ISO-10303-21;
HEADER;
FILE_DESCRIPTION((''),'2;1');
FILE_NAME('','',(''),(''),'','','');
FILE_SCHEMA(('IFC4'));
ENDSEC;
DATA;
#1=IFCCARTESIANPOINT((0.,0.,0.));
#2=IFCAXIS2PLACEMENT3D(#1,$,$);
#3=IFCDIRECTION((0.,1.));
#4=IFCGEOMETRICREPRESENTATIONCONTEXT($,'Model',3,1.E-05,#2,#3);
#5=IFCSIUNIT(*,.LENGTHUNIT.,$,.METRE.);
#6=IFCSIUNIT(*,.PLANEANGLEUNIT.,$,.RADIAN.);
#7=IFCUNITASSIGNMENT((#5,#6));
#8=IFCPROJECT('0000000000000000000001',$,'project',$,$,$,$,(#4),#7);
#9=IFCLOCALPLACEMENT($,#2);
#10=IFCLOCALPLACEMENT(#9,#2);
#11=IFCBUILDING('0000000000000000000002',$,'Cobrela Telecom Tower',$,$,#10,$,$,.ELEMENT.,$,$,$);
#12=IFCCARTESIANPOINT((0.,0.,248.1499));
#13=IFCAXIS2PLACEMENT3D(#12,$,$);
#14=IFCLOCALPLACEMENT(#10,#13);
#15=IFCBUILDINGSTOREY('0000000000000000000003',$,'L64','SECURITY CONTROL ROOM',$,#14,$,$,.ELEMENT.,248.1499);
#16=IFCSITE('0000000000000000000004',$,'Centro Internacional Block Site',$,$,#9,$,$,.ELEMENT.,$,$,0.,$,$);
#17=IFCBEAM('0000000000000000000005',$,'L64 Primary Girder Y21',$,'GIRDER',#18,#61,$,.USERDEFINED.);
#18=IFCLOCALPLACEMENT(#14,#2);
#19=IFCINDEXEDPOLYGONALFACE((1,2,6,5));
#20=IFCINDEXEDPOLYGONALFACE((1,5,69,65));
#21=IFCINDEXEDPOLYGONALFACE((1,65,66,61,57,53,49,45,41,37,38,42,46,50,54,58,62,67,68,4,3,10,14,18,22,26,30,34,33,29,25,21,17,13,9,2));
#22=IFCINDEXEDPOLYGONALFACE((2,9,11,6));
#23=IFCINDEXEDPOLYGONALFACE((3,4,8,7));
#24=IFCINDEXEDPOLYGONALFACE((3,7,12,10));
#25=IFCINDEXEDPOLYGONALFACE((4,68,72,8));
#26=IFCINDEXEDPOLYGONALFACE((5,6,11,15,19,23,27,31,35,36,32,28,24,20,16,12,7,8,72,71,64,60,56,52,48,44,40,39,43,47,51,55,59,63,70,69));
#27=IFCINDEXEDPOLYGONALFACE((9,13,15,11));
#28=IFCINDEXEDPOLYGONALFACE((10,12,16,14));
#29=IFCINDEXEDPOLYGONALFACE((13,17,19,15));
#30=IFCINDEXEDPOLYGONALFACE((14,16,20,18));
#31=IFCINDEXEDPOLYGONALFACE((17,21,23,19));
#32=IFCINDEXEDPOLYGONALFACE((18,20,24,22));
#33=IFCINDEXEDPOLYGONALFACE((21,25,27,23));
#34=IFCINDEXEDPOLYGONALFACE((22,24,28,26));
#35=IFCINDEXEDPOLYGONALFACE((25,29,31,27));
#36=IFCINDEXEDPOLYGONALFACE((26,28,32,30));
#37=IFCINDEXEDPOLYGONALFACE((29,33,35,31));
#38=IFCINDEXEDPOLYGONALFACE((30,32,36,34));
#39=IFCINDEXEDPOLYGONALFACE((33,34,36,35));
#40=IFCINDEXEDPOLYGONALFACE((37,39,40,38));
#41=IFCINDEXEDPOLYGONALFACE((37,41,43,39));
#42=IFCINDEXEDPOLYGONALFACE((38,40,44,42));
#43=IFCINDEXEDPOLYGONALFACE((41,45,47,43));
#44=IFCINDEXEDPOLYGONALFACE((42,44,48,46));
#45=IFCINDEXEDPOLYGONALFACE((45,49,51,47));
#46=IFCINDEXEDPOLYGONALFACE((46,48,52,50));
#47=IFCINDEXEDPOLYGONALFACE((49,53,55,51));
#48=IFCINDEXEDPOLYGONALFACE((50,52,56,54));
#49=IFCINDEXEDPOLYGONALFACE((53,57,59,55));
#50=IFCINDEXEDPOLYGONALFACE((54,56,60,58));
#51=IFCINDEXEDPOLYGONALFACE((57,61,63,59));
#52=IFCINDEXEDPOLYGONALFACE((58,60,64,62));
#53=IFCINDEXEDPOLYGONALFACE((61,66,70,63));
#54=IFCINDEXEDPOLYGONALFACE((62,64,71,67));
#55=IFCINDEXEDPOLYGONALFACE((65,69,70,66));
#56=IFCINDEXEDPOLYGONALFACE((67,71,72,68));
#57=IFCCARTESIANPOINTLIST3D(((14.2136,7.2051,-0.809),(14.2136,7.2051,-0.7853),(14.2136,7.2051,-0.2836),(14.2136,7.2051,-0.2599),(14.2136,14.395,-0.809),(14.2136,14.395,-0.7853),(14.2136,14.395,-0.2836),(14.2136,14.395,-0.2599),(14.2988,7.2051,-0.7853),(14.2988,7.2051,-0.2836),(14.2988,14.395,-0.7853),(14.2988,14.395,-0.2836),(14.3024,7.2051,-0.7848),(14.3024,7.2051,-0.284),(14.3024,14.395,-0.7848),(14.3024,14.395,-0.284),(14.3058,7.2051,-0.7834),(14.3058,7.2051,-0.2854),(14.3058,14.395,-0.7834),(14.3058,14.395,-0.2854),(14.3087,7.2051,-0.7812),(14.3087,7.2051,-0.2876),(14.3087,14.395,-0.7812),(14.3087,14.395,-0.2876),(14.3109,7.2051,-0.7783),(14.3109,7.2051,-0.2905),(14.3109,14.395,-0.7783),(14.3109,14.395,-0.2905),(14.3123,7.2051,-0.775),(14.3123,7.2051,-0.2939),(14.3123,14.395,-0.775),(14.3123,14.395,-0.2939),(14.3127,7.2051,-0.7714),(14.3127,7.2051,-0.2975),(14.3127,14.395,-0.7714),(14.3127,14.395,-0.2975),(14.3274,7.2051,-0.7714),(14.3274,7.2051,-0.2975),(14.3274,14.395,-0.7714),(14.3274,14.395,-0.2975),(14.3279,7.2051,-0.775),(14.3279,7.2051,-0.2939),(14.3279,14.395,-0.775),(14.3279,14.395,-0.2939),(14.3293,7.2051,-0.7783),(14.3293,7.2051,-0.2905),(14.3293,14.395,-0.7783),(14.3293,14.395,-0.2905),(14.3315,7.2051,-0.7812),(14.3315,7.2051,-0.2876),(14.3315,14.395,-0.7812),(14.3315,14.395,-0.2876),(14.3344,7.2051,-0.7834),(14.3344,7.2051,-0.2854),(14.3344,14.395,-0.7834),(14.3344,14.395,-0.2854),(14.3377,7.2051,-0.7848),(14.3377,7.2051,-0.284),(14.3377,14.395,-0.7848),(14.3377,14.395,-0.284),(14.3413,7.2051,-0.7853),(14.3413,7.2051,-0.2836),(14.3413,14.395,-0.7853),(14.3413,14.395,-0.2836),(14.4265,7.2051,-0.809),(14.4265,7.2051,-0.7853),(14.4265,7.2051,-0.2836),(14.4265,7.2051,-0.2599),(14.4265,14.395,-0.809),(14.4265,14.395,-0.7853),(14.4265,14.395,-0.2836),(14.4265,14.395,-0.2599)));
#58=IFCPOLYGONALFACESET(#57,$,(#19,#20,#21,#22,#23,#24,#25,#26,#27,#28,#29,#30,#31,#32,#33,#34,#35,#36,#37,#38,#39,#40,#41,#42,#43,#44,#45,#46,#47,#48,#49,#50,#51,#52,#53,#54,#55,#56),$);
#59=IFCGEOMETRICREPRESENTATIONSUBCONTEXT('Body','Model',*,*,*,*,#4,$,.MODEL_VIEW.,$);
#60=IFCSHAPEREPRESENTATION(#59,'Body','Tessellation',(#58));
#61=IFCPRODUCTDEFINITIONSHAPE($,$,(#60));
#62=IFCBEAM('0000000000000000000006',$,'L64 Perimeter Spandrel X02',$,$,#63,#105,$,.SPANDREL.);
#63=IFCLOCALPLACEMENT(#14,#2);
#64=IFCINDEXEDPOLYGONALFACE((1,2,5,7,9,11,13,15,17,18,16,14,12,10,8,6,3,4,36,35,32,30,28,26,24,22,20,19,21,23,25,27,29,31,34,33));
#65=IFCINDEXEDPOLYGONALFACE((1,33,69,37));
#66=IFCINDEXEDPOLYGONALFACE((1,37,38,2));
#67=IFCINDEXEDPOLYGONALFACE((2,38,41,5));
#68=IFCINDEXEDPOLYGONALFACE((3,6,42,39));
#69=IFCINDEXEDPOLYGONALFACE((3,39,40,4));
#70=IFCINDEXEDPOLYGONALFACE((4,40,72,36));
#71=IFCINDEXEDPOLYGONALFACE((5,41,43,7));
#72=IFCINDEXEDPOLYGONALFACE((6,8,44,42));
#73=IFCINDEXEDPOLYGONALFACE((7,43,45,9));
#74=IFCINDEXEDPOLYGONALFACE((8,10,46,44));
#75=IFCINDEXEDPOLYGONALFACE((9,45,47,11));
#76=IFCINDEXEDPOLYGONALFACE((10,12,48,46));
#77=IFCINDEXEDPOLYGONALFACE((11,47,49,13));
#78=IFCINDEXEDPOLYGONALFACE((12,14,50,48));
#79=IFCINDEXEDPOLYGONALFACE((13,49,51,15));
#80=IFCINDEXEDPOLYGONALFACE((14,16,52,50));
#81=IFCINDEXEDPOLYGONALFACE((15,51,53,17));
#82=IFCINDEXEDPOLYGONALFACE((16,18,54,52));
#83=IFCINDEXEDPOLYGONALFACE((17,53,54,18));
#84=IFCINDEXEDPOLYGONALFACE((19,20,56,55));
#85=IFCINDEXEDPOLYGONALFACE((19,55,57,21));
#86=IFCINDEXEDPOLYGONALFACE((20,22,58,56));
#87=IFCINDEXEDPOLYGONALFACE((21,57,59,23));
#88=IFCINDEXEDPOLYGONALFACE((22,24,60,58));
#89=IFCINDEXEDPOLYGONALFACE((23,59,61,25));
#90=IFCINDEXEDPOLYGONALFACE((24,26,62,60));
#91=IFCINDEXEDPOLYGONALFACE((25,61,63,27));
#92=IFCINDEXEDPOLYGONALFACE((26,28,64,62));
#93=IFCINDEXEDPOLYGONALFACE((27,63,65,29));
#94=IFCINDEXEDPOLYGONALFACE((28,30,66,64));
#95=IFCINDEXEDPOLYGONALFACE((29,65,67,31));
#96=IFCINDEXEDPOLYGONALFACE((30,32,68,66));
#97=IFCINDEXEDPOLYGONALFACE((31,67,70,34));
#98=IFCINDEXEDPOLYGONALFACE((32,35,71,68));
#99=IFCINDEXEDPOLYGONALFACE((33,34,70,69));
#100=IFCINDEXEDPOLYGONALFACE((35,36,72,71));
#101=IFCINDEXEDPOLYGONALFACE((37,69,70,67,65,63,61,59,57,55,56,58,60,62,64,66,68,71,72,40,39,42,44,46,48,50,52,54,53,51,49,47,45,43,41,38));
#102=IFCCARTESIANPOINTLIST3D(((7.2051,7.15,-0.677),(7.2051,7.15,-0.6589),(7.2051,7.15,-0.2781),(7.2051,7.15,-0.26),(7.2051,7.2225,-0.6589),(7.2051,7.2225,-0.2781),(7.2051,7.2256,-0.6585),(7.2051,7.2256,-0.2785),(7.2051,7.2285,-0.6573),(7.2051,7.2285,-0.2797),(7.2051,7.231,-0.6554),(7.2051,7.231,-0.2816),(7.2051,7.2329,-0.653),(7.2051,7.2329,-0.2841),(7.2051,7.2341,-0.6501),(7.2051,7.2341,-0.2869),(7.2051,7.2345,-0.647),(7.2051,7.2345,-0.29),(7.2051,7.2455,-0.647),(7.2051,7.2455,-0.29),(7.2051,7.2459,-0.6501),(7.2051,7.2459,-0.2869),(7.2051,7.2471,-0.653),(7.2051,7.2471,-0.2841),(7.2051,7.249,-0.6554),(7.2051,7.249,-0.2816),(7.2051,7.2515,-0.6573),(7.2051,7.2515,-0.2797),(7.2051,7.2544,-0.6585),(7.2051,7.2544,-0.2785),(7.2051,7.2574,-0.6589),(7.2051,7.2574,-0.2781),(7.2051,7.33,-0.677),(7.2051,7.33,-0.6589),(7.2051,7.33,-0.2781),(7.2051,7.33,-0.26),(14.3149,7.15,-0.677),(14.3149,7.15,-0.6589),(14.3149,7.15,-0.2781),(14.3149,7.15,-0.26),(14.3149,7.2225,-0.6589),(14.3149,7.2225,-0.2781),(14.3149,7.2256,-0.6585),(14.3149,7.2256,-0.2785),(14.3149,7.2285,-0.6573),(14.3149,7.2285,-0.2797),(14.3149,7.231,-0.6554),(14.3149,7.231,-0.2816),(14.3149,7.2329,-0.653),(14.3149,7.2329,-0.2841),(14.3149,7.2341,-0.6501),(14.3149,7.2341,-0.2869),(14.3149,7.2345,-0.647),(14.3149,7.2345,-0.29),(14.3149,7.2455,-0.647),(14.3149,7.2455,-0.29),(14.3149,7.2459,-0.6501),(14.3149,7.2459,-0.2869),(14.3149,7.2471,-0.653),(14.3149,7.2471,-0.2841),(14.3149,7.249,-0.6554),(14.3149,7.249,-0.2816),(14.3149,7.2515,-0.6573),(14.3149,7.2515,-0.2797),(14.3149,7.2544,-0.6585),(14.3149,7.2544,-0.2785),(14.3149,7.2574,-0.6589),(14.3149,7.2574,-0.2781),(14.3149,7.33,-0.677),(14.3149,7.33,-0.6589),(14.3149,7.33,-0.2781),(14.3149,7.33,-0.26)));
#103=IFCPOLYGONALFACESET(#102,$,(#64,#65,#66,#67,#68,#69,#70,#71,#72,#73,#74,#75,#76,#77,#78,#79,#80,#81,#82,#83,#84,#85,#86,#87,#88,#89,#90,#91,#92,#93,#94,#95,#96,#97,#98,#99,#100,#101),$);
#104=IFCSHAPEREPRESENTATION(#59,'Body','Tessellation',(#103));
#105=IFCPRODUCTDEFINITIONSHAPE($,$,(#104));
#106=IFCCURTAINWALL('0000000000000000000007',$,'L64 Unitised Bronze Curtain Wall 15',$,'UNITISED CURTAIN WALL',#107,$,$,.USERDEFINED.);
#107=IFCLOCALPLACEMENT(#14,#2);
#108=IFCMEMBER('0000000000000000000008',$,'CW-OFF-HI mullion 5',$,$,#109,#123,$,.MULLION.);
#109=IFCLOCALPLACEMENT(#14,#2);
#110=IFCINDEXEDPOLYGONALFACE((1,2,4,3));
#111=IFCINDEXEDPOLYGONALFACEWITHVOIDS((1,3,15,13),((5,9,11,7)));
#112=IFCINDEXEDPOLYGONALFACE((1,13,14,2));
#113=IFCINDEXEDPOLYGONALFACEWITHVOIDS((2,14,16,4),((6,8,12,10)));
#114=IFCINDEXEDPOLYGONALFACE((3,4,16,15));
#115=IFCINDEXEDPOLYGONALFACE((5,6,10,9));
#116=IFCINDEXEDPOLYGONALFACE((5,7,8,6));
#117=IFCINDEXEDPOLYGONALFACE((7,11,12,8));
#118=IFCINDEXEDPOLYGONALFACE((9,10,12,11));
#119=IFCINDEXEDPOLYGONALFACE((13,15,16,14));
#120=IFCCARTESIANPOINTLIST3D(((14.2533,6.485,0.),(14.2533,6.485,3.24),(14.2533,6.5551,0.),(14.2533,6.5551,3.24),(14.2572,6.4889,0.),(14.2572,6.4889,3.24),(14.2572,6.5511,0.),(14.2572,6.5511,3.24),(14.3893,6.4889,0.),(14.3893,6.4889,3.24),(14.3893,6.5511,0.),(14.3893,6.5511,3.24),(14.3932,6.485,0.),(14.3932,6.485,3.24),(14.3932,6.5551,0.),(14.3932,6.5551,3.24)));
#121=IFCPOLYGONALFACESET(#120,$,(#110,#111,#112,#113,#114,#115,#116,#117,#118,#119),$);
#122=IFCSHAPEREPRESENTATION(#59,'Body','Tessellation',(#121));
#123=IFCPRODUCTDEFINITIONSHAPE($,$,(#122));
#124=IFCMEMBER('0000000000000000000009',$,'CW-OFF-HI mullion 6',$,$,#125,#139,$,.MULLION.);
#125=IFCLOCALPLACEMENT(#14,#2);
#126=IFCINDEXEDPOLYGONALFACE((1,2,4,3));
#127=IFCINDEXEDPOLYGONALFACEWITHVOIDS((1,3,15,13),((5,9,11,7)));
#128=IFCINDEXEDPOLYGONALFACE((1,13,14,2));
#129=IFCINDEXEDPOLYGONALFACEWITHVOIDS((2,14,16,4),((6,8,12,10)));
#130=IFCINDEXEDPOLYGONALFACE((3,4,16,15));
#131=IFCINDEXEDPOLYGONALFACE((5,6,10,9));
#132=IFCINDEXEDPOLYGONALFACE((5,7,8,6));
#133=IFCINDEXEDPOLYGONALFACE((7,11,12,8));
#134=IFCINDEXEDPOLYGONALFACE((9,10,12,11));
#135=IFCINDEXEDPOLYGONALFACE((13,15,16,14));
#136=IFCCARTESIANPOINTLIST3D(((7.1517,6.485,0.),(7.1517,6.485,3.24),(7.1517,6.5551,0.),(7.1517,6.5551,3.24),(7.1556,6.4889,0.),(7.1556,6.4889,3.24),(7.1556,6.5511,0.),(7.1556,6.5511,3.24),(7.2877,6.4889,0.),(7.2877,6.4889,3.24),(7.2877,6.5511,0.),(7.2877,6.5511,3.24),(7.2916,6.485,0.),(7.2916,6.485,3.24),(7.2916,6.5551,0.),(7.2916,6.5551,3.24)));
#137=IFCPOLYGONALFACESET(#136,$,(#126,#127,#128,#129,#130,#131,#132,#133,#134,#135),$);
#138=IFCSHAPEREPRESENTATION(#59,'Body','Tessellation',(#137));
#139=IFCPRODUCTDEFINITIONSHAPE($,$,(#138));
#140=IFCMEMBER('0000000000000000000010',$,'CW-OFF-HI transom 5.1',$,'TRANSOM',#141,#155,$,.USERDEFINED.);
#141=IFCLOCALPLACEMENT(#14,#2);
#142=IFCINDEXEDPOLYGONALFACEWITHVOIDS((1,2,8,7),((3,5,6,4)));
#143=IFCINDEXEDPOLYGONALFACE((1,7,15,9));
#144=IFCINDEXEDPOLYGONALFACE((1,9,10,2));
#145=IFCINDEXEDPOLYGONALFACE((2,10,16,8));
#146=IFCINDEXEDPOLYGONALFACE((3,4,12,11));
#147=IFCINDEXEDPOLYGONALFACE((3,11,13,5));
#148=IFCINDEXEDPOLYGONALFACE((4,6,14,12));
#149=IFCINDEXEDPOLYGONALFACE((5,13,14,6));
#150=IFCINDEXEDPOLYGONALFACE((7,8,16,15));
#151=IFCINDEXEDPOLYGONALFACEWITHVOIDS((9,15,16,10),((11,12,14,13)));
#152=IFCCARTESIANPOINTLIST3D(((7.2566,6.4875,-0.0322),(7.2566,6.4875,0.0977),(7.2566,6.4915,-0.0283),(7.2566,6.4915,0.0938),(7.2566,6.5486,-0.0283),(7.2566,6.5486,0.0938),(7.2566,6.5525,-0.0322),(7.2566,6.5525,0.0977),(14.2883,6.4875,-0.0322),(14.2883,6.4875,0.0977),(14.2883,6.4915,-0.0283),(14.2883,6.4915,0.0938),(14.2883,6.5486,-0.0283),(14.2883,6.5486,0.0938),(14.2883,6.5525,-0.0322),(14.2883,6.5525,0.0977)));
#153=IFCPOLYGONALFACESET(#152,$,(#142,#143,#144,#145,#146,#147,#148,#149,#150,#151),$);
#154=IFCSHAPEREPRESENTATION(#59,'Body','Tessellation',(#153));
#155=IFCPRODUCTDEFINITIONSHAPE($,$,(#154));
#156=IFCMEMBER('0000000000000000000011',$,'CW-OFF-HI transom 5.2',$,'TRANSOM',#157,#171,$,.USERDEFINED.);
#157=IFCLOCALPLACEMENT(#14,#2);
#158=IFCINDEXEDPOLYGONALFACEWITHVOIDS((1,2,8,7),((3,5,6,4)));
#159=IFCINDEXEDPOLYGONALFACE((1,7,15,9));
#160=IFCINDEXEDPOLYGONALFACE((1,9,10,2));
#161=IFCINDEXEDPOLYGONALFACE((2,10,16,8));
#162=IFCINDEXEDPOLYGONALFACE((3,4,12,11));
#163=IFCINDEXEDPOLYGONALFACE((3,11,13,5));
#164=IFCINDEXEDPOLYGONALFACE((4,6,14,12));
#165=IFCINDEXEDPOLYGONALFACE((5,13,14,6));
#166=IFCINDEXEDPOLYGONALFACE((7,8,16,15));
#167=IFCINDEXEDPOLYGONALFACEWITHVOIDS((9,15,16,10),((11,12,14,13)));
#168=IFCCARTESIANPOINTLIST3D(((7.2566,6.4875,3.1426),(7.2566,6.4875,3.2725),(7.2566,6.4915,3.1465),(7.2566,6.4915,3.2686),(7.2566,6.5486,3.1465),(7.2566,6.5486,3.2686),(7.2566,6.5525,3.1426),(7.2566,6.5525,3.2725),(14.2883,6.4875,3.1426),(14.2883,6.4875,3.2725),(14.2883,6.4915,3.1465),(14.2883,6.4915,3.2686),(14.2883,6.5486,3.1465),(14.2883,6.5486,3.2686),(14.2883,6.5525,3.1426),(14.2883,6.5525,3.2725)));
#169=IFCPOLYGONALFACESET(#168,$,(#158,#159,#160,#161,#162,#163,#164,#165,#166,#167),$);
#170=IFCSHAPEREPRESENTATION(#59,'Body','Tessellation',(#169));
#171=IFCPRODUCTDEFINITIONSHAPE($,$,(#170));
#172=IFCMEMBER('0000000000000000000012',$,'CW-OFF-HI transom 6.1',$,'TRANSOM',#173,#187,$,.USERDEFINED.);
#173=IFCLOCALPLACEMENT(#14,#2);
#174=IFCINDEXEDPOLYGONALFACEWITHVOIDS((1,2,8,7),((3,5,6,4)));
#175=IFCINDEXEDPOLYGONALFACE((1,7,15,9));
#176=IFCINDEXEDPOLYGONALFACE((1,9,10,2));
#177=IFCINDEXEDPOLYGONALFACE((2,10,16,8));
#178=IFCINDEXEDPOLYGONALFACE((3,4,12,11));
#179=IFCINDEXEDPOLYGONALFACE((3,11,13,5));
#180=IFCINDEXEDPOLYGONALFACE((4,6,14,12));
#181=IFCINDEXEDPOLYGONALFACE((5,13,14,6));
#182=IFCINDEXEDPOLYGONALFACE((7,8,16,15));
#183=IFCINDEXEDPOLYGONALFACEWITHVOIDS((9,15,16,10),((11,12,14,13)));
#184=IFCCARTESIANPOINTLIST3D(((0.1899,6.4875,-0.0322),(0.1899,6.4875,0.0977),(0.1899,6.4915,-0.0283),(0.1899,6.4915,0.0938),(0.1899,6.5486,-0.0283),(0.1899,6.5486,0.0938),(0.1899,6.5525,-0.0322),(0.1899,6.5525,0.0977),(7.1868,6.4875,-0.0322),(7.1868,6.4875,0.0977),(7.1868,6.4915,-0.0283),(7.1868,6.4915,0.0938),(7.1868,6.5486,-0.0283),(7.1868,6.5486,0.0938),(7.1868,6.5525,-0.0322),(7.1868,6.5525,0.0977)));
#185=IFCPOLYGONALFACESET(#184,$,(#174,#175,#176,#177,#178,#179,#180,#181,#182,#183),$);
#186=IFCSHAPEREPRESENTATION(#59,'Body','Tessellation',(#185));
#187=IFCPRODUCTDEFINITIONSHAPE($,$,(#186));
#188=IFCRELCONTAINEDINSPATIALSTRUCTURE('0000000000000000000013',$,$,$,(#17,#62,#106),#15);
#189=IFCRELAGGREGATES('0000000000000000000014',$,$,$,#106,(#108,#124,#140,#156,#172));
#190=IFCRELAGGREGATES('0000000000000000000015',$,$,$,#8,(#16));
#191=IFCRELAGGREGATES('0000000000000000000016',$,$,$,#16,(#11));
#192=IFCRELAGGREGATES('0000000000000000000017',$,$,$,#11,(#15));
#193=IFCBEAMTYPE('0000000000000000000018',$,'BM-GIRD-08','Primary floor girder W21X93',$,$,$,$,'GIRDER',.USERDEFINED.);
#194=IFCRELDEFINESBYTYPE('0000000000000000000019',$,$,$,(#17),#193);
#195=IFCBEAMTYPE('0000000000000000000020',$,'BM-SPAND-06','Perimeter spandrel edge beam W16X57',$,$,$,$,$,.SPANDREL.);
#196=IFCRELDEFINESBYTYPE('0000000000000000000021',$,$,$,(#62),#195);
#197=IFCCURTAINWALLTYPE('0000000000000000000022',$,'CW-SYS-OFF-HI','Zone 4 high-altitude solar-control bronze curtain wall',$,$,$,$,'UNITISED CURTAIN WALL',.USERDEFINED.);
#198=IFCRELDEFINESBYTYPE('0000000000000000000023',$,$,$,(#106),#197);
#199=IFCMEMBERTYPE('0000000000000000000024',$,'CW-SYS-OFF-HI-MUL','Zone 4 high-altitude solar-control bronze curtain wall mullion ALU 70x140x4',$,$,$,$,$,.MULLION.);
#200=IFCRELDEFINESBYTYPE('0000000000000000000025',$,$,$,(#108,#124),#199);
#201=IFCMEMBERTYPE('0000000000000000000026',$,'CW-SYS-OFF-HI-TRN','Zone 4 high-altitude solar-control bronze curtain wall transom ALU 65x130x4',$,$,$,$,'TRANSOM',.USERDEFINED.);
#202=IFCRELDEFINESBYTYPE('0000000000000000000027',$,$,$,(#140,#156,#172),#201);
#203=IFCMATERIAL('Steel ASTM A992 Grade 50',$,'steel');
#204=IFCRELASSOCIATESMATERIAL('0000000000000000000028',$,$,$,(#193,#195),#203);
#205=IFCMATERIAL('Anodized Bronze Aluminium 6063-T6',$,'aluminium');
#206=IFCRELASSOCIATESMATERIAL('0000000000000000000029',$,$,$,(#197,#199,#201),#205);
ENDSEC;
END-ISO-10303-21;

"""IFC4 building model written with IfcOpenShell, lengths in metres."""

from ifc_helpers import new_model, si_unit, direction, frame, origin, origin_2d, place, context, subcontext, project, spatial, hollow_rectangle, i_section, extrude, material, material_profile, profile_set, type_object, element, aggregate, save


model = new_model("IFC4")

# Units and contexts
model_context = context("Model", 3, precision=1e-05, world=origin(), true_north=direction((0.0, 1.0)))
body_context = subcontext(model_context, "Body", "Model", "MODEL_VIEW")
ifc_project = project(units=[si_unit("LENGTHUNIT", "METRE"), si_unit("PLANEANGLEUNIT", "RADIAN")], contexts=[model_context])

# Site, building, storey
site_placement = place(None, origin())
site = spatial("IfcSite", under=ifc_project, at=site_placement, Name="Centro Internacional Block Site", CompositionType="ELEMENT", RefElevation=0.0)
building_placement = place(site_placement, origin())
building = spatial("IfcBuilding", under=site, at=building_placement, Name="Cobrela Telecom Tower", CompositionType="ELEMENT")
storey_placement = place(building_placement, frame((0.0, 0.0, 248.1499)))
storey = spatial("IfcBuildingStorey", under=building, at=storey_placement, Name="L64", Description="SECURITY CONTROL ROOM", CompositionType="ELEMENT", Elevation=248.1499)

# Beams
ifc_material_1 = material(Name="Steel ASTM A992 Grade 50", Category="steel")
ifc_material_profile_1 = material_profile(ifc_material_1, i_section(OverallWidth=0.2129, OverallDepth=0.5491, WebThickness=0.0146, FlangeThickness=0.0237, FilletRadius=0.0139, at=origin_2d()), Name="W21X93")
ifc_profile_set_1 = profile_set([ifc_material_profile_1], Name="Steel ASTM A992 Grade 50")
beam_type_1 = type_object("IfcBeamType", Name="BM-GIRD-08", Description="Primary floor girder W21X93", ElementType="GIRDER", PredefinedType="USERDEFINED", material=ifc_profile_set_1)
beam_1_placement = place(storey_placement, frame((14.3201, 7.2051, -0.5344), z_axis=(0.0, 1.0, 0.0), x_axis=(-1.0, 0.0, 0.0)))
element("IfcBeam", 1, at=beam_1_placement, inside=storey, type_object=beam_type_1, Name="L64 Primary Girder Y21", ObjectType="GIRDER", PredefinedType="USERDEFINED", context=body_context, shape_type="SweptSolid", body=[
    extrude(i_section(OverallWidth=0.2129, OverallDepth=0.5491, WebThickness=0.0146, FlangeThickness=0.0237, FilletRadius=0.0139, at=origin_2d()), origin(), (0.0, 0.0, 1.0), 7.1899),
])
ifc_material_profile_2 = material_profile(ifc_material_1, i_section(OverallWidth=0.1799, OverallDepth=0.417, WebThickness=0.011, FlangeThickness=0.0181, FilletRadius=0.012, at=origin_2d()), Name="W16X57")
ifc_profile_set_2 = profile_set([ifc_material_profile_2], Name="Steel ASTM A992 Grade 50")
beam_type_2 = type_object("IfcBeamType", Name="BM-SPAND-06", Description="Perimeter spandrel edge beam W16X57", PredefinedType="SPANDREL", material=ifc_profile_set_2)
beam_2_placement = place(storey_placement, frame((7.2051, 7.24, -0.4685), z_axis=(1.0, 0.0, 0.0), x_axis=(0.0, 1.0, 0.0)))
element("IfcBeam", 2, at=beam_2_placement, inside=storey, type_object=beam_type_2, Name="L64 Perimeter Spandrel X02", PredefinedType="SPANDREL", context=body_context, shape_type="SweptSolid", body=[
    extrude(i_section(OverallWidth=0.1799, OverallDepth=0.417, WebThickness=0.011, FlangeThickness=0.0181, FilletRadius=0.012, at=origin_2d()), origin(), (0.0, 0.0, 1.0), 7.1099),
])

# Curtain wall, members
ifc_material_2 = material(Name="Anodized Bronze Aluminium 6063-T6", Category="aluminium")
curtain_wall_type = type_object("IfcCurtainWallType", Name="CW-SYS-OFF-HI", Description="Zone 4 high-altitude solar-control bronze curtain wall", ElementType="UNITISED CURTAIN WALL", PredefinedType="USERDEFINED", material=ifc_material_2)
curtain_wall_placement = place(storey_placement, origin())
curtain_wall = element("IfcCurtainWall", 3, at=curtain_wall_placement, inside=storey, type_object=curtain_wall_type, Name="L64 Unitised Bronze Curtain Wall 15", ObjectType="UNITISED CURTAIN WALL", PredefinedType="USERDEFINED")
ifc_material_profile_3 = material_profile(ifc_material_2, hollow_rectangle(XDim=0.0701, YDim=0.1399, WallThickness=0.0039, at=origin_2d()), Name="ALU 70x140x4")
ifc_profile_set_3 = profile_set([ifc_material_profile_3], Name="Anodized Bronze Aluminium 6063-T6")
member_type_1 = type_object("IfcMemberType", Name="CW-SYS-OFF-HI-MUL", Description="Zone 4 high-altitude solar-control bronze curtain wall mullion ALU 70x140x4", PredefinedType="MULLION", material=ifc_profile_set_3)
member_1_placement = place(storey_placement, frame((14.3232, 6.52, 0.0), z_axis=(0.0, 0.0, 1.0), x_axis=(0.0, -1.0, 0.0)))
member_1 = element("IfcMember", 4, at=member_1_placement, type_object=member_type_1, Name="CW-OFF-HI mullion 5", PredefinedType="MULLION", context=body_context, shape_type="SweptSolid", body=[
    extrude(hollow_rectangle(XDim=0.0701, YDim=0.1399, WallThickness=0.0039, at=origin_2d()), origin(), (0.0, 0.0, 1.0), 3.24),
])
member_2_placement = place(storey_placement, frame((7.2217, 6.52, 0.0), z_axis=(0.0, 0.0, 1.0), x_axis=(0.0, -1.0, 0.0)))
member_2 = element("IfcMember", 5, at=member_2_placement, type_object=member_type_1, Name="CW-OFF-HI mullion 6", PredefinedType="MULLION", context=body_context, shape_type="SweptSolid", body=[
    extrude(hollow_rectangle(XDim=0.0701, YDim=0.1399, WallThickness=0.0039, at=origin_2d()), origin(), (0.0, 0.0, 1.0), 3.24),
])
ifc_material_profile_4 = material_profile(ifc_material_2, hollow_rectangle(XDim=0.0649, YDim=0.1299, WallThickness=0.0039, at=origin_2d()), Name="ALU 65x130x4")
ifc_profile_set_4 = profile_set([ifc_material_profile_4], Name="Anodized Bronze Aluminium 6063-T6")
member_type_2 = type_object("IfcMemberType", Name="CW-SYS-OFF-HI-TRN", Description="Zone 4 high-altitude solar-control bronze curtain wall transom ALU 65x130x4", ElementType="TRANSOM", PredefinedType="USERDEFINED", material=ifc_profile_set_4)
member_3_placement = place(storey_placement, frame((14.2883, 6.52, 0.0327), z_axis=(-1.0, 0.0, 0.0), x_axis=(0.0, -1.0, 0.0)))
member_3 = element("IfcMember", 6, at=member_3_placement, type_object=member_type_2, Name="CW-OFF-HI transom 5.1", ObjectType="TRANSOM", PredefinedType="USERDEFINED", context=body_context, shape_type="SweptSolid", body=[
    extrude(hollow_rectangle(XDim=0.0649, YDim=0.1299, WallThickness=0.0039, at=origin_2d()), origin(), (0.0, 0.0, 1.0), 7.0317),
])
member_4_placement = place(storey_placement, frame((14.2883, 6.52, 3.2075), z_axis=(-1.0, 0.0, 0.0), x_axis=(0.0, -1.0, 0.0)))
member_4 = element("IfcMember", 7, at=member_4_placement, type_object=member_type_2, Name="CW-OFF-HI transom 5.2", ObjectType="TRANSOM", PredefinedType="USERDEFINED", context=body_context, shape_type="SweptSolid", body=[
    extrude(hollow_rectangle(XDim=0.0649, YDim=0.1299, WallThickness=0.0039, at=origin_2d()), origin(), (0.0, 0.0, 1.0), 7.0317),
])
member_5_placement = place(storey_placement, frame((7.1868, 6.52, 0.0327), z_axis=(-1.0, 0.0, 0.0), x_axis=(0.0, -1.0, 0.0)))
member_5 = element("IfcMember", 8, at=member_5_placement, type_object=member_type_2, Name="CW-OFF-HI transom 6.1", ObjectType="TRANSOM", PredefinedType="USERDEFINED", context=body_context, shape_type="SweptSolid", body=[
    extrude(hollow_rectangle(XDim=0.0649, YDim=0.1299, WallThickness=0.0039, at=origin_2d()), origin(), (0.0, 0.0, 1.0), 6.9968),
])
aggregate(curtain_wall, [member_1, member_2, member_3, member_4, member_5])

save(model, "model.ifc")
